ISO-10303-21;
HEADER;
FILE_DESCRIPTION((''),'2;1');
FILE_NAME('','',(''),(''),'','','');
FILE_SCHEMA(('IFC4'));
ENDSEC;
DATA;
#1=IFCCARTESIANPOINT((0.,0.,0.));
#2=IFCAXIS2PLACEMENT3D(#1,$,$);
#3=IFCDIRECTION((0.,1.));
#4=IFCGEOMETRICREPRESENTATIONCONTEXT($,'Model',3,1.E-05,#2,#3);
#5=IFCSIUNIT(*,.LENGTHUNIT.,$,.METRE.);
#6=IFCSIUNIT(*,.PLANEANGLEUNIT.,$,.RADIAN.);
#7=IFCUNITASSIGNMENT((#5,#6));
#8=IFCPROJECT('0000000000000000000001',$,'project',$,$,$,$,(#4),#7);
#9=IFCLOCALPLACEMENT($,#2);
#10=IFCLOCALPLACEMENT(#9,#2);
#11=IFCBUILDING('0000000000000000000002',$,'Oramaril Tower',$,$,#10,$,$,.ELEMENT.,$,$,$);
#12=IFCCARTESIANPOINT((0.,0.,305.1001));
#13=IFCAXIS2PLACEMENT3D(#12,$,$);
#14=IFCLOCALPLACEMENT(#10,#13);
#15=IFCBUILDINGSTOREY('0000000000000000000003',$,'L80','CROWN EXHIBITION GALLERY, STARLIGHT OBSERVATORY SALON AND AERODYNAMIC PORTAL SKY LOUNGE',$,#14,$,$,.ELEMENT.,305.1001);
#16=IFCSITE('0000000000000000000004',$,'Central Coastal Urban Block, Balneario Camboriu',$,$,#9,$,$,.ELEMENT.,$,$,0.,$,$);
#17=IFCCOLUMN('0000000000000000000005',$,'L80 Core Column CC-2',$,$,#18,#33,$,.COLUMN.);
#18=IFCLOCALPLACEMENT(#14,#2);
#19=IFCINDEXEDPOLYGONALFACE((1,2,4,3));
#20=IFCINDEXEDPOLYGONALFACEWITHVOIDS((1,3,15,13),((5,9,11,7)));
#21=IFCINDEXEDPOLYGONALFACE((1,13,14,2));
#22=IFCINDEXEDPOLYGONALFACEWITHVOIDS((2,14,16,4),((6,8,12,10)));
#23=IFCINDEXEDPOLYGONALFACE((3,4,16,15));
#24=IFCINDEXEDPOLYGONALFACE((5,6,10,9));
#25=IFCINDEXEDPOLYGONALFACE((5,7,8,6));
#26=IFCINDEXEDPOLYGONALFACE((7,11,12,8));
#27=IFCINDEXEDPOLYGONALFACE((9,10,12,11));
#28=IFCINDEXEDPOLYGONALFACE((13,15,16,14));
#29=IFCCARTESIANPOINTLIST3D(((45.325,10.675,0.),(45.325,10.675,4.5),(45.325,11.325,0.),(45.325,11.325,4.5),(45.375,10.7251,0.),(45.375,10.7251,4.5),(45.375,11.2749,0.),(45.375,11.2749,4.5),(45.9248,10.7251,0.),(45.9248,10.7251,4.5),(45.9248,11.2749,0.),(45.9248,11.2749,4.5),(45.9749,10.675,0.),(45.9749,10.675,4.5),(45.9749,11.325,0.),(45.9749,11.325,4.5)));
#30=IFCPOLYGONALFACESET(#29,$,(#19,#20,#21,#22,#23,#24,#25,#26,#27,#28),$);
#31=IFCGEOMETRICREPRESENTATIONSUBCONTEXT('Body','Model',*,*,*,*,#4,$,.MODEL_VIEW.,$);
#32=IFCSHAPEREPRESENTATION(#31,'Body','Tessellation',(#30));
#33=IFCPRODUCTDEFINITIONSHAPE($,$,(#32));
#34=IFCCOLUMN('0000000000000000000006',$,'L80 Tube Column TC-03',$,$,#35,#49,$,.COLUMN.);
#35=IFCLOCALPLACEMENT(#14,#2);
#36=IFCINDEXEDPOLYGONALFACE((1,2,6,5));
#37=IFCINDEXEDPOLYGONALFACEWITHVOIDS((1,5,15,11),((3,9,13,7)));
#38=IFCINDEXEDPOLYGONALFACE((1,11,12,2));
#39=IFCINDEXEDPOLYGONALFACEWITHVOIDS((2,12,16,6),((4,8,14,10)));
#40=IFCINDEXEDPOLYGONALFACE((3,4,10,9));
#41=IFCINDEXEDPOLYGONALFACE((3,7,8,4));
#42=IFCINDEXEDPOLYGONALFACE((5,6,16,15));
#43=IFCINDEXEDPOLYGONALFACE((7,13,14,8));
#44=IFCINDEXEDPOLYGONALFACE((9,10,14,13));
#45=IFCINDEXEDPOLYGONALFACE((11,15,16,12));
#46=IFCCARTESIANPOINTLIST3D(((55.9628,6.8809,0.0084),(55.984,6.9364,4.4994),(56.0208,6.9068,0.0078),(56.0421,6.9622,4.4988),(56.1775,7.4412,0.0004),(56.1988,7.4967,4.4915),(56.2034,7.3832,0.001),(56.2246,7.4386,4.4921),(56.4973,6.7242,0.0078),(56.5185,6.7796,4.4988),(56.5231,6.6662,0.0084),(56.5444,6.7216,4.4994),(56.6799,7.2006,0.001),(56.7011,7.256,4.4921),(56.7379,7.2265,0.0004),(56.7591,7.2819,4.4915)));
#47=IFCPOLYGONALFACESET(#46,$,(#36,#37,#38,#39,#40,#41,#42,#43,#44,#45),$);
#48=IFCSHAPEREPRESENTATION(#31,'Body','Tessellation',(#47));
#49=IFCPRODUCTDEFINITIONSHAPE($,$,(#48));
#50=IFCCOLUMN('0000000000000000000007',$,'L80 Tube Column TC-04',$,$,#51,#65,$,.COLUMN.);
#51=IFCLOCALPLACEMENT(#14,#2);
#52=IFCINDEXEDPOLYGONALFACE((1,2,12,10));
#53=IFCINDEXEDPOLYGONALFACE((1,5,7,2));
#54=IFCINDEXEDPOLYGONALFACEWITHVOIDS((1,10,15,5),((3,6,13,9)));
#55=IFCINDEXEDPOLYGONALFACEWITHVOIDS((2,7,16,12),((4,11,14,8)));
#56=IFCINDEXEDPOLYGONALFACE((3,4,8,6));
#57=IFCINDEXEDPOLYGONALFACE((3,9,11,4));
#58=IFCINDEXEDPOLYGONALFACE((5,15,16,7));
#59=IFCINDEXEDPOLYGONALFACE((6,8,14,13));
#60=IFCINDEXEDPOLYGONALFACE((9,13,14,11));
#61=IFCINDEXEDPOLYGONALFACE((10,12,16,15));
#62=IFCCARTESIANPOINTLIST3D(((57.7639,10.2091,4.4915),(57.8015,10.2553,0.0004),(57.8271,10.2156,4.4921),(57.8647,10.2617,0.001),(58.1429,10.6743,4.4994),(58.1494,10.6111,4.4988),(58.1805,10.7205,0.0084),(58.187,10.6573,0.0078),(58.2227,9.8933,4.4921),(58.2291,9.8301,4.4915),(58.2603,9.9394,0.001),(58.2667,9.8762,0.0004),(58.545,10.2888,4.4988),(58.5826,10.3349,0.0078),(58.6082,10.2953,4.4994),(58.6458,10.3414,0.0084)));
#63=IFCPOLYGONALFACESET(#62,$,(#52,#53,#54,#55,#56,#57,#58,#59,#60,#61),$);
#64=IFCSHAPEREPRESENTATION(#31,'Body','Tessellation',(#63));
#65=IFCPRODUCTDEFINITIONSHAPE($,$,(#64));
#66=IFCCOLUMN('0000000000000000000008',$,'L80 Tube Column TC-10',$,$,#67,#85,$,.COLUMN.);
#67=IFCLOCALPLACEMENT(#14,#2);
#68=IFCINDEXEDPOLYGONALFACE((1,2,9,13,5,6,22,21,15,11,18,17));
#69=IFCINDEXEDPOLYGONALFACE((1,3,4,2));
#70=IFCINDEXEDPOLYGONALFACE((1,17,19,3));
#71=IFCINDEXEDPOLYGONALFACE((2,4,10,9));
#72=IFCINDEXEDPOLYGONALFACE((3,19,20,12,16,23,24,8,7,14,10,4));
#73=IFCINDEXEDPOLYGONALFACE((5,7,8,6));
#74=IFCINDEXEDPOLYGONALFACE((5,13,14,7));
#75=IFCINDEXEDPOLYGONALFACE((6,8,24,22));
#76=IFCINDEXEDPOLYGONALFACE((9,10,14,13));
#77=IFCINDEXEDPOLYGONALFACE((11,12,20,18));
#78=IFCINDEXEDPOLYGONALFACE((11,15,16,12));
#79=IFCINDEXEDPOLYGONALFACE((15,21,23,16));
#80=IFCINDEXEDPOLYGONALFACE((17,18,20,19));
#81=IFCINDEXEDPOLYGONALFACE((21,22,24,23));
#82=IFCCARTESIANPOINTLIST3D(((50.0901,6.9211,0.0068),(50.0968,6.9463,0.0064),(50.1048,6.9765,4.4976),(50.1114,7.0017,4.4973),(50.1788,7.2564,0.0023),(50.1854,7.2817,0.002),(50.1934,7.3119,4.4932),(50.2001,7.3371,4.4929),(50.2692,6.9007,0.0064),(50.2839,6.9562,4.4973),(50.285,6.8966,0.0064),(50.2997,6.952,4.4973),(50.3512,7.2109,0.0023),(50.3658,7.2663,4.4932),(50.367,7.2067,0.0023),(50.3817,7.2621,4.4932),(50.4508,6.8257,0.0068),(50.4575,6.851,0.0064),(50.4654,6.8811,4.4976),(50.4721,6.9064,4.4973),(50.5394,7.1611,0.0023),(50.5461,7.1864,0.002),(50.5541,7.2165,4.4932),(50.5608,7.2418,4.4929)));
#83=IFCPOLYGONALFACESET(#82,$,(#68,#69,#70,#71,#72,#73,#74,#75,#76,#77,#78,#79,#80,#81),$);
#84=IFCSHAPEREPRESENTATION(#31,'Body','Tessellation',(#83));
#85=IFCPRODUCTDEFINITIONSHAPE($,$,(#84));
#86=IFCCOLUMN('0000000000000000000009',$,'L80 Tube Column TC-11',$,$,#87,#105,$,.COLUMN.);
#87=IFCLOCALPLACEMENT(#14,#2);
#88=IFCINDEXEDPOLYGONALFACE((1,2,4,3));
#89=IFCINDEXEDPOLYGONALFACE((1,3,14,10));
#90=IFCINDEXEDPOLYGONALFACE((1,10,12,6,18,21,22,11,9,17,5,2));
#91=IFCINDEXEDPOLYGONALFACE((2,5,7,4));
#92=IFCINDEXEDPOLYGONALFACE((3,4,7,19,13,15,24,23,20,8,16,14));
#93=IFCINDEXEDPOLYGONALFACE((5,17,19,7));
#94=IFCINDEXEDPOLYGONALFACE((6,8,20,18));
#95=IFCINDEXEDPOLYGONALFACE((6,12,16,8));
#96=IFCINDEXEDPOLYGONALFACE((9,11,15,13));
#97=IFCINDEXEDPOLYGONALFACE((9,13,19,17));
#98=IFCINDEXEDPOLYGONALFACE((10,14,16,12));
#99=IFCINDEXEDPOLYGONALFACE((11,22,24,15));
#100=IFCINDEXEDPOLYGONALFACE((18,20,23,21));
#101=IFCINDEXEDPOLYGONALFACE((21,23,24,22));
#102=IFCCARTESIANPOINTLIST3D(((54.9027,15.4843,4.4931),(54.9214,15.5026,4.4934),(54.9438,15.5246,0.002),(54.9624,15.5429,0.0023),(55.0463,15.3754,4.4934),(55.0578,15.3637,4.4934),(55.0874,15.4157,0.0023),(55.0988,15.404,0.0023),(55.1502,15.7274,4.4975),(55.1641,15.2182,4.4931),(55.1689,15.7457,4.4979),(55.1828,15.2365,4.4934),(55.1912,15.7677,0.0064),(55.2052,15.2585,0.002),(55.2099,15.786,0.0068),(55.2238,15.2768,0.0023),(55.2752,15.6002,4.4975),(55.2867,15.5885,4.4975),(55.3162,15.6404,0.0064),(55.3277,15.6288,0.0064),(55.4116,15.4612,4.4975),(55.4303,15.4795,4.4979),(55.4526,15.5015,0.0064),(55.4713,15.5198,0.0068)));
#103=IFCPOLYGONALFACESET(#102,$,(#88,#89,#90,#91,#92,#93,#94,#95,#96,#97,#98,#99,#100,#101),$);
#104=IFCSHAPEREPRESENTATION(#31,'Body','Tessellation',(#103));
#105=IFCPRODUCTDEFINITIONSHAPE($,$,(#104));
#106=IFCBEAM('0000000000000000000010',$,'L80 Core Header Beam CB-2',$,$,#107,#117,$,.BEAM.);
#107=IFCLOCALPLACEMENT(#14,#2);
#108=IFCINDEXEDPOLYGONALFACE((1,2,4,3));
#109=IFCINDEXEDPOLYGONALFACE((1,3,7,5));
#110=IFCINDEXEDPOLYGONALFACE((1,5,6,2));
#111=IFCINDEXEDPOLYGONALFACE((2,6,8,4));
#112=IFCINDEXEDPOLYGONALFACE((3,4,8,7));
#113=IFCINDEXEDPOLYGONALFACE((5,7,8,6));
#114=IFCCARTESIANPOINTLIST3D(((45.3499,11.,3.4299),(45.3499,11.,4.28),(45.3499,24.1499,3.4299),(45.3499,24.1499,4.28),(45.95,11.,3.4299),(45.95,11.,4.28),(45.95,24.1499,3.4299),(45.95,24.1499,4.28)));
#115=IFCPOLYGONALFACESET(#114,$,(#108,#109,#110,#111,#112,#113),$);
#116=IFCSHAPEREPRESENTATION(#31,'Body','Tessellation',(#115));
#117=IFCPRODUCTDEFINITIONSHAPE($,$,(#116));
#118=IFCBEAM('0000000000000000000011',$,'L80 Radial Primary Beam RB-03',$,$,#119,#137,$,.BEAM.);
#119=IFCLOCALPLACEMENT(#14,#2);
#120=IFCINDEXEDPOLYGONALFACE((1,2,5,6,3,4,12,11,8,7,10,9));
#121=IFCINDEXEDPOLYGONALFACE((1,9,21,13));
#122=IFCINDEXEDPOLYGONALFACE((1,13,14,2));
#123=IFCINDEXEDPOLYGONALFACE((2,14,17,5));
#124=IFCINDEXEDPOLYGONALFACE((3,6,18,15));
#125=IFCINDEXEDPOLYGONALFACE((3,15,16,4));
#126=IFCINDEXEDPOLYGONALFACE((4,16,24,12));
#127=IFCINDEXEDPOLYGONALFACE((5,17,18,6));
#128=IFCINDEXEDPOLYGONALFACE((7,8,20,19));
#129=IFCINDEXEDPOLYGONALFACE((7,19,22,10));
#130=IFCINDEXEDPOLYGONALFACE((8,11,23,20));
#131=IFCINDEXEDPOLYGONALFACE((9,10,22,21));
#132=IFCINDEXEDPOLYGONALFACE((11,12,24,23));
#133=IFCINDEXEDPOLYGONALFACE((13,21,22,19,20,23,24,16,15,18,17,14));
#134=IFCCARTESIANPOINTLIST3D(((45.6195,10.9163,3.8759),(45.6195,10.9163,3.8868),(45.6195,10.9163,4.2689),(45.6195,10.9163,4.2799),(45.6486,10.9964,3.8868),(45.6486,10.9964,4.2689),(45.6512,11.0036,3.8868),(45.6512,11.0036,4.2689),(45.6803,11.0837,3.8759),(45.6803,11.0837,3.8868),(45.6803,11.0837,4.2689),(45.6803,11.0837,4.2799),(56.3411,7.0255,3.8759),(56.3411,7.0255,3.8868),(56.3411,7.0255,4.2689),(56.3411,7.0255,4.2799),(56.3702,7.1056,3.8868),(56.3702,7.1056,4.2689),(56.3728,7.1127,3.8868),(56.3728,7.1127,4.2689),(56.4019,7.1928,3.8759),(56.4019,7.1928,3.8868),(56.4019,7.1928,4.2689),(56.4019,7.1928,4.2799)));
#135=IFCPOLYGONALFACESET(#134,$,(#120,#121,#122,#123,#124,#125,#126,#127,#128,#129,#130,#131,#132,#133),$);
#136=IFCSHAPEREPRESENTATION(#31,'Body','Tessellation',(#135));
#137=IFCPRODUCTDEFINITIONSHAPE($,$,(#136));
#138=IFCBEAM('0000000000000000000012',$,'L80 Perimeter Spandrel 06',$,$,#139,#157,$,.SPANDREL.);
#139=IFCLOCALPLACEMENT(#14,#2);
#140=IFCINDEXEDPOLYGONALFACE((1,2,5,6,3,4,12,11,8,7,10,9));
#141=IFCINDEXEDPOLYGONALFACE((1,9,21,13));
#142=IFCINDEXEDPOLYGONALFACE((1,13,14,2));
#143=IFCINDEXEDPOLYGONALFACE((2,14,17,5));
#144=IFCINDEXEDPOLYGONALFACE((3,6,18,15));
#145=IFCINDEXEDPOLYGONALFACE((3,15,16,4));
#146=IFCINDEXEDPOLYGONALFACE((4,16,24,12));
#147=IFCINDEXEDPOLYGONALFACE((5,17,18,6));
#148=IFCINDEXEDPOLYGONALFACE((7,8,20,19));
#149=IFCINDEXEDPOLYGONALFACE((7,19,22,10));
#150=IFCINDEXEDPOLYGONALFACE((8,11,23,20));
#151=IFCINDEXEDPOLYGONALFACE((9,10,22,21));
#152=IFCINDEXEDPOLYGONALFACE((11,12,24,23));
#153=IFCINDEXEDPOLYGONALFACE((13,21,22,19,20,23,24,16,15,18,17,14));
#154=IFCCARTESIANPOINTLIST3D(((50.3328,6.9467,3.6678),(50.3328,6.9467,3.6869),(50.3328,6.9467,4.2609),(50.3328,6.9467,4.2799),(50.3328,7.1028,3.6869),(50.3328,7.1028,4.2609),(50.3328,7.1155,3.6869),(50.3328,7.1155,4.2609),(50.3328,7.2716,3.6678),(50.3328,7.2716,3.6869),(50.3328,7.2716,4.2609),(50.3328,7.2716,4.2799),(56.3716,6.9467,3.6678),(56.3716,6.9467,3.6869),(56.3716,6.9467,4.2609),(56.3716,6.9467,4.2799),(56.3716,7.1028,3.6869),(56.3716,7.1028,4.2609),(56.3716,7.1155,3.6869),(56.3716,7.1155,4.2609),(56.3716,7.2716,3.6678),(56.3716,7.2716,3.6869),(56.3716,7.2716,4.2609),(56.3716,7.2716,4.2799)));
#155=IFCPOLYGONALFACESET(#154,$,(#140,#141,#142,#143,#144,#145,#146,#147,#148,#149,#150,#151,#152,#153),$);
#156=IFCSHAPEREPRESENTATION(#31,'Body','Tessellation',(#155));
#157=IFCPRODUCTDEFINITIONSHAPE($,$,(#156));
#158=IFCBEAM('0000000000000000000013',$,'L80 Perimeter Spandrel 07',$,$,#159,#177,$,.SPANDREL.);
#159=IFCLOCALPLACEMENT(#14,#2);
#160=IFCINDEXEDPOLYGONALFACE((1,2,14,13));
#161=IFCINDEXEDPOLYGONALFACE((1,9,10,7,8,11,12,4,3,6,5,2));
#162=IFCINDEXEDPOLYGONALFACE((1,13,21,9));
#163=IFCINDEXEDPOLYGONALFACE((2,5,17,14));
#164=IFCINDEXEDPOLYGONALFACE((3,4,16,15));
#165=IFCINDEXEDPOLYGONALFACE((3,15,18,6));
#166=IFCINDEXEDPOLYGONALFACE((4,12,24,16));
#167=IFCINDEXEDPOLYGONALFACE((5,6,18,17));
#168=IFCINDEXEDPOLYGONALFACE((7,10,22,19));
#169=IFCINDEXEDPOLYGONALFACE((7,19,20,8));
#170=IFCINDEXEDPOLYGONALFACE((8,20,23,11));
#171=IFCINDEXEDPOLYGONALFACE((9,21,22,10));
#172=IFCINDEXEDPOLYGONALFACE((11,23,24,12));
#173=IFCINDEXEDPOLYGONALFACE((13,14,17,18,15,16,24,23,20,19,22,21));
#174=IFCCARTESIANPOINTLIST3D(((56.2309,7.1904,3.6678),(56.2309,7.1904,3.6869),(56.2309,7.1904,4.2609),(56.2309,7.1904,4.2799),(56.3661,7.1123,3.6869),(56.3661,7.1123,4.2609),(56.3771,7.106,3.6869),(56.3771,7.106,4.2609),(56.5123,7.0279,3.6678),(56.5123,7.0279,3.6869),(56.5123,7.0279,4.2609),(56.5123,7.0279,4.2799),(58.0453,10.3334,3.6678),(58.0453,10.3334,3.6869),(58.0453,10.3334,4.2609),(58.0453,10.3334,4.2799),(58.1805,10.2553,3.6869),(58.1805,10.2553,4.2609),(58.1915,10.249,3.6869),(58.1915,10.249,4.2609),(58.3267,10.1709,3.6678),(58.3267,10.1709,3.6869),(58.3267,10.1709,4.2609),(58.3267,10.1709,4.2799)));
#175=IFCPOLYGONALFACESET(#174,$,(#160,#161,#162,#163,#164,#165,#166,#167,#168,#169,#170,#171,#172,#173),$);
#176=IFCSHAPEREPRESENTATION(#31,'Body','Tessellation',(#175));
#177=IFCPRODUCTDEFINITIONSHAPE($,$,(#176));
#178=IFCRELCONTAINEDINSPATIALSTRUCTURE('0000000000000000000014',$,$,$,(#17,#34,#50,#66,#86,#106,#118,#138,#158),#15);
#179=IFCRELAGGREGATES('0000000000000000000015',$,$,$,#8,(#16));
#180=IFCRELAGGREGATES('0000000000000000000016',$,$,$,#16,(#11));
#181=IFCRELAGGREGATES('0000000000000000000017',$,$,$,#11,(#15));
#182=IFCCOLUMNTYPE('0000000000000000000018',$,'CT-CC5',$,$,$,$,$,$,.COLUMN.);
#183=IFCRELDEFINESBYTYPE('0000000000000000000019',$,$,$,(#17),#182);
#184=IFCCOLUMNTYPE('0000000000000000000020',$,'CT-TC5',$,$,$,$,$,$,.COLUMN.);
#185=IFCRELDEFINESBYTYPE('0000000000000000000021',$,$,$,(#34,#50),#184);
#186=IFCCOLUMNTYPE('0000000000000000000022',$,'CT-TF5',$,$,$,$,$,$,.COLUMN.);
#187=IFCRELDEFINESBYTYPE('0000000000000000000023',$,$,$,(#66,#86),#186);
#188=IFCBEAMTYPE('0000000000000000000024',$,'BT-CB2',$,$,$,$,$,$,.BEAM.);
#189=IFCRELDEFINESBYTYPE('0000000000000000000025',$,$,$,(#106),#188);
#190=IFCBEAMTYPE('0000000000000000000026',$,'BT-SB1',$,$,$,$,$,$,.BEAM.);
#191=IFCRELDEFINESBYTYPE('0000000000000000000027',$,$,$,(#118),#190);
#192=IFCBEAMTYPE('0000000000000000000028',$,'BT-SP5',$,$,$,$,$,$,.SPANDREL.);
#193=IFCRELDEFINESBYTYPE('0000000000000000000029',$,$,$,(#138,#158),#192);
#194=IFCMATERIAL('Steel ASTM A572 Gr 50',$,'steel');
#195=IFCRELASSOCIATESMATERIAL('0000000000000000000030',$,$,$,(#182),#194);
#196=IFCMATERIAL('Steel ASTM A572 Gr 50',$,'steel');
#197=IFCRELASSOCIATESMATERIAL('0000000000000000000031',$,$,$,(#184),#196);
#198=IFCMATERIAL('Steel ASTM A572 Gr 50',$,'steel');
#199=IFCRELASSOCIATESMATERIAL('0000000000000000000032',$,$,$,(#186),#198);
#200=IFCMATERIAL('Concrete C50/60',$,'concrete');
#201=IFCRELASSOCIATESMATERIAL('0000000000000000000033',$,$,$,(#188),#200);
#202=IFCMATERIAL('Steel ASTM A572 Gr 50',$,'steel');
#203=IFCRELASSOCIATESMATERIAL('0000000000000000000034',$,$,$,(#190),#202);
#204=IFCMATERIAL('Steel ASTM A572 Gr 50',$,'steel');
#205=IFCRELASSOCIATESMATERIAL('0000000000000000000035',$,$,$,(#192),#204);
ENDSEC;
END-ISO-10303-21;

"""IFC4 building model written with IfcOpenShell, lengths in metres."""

from ifc_helpers import new_model, si_unit, direction, frame, origin, origin_2d, place, context, subcontext, project, spatial, rectangle, hollow_rectangle, i_section, extrude, material, material_profile, profile_set, type_object, element, save


model = new_model("IFC4")

# Units and contexts
model_context = context("Model", 3, precision=1e-05, world=origin(), true_north=direction((0.0, 1.0)))
body_context = subcontext(model_context, "Body", "Model", "MODEL_VIEW")
ifc_project = project(units=[si_unit("LENGTHUNIT", "METRE"), si_unit("PLANEANGLEUNIT", "RADIAN")], contexts=[model_context])

# Site, building, storey
site_placement = place(None, origin())
site = spatial("IfcSite", under=ifc_project, at=site_placement, Name="Central Coastal Urban Block, Balneario Camboriu", CompositionType="ELEMENT", RefElevation=0.0)
building_placement = place(site_placement, origin())
building = spatial("IfcBuilding", under=site, at=building_placement, Name="Oramaril Tower", CompositionType="ELEMENT")
storey_placement = place(building_placement, frame((0.0, 0.0, 305.1001)))
storey = spatial("IfcBuildingStorey", under=building, at=storey_placement, Name="L80", Description="CROWN EXHIBITION GALLERY, STARLIGHT OBSERVATORY SALON AND AERODYNAMIC PORTAL SKY LOUNGE", CompositionType="ELEMENT", Elevation=305.1001)

# Columns
ifc_material_1 = material(Name="Steel ASTM A572 Gr 50", Category="steel")
ifc_material_profile_1 = material_profile(ifc_material_1, hollow_rectangle(XDim=0.6499, YDim=0.6499, WallThickness=0.05, at=origin_2d()), Name="BOX650X650X50")
ifc_profile_set_1 = profile_set([ifc_material_profile_1], Name="Steel ASTM A572 Gr 50")
column_type_1 = type_object("IfcColumnType", Name="CT-CC5", PredefinedType="COLUMN", material=ifc_profile_set_1)
column_1_placement = place(storey_placement, frame((45.6499, 11.0, 0.0), z_axis=(0.0, 0.0, 1.0), x_axis=(1.0, 0.0, 0.0)))
element("IfcColumn", 1, at=column_1_placement, inside=storey, type_object=column_type_1, Name="L80 Core Column CC-2", PredefinedType="COLUMN", context=body_context, shape_type="SweptSolid", body=[
    extrude(hollow_rectangle(XDim=0.6499, YDim=0.6499, WallThickness=0.05, at=origin_2d()), origin(), (0.0, 0.0, 1.0), 4.5),
])
ifc_material_2 = material(Name="Steel ASTM A572 Gr 50", Category="steel")
ifc_material_profile_2 = material_profile(ifc_material_2, hollow_rectangle(XDim=0.6001, YDim=0.6001, WallThickness=0.0449, at=origin_2d()), Name="BOX600X600X45")
ifc_profile_set_2 = profile_set([ifc_material_profile_2], Name="Steel ASTM A572 Gr 50")
column_type_2 = type_object("IfcColumnType", Name="CT-TC5", PredefinedType="COLUMN", material=ifc_profile_set_2)
for number, where, z_axis, x_axis, name in (
    (2, (56.3503, 7.0537, 0.0044), (0.004729, 0.012339, 0.999913), (-0.933769, 0.357876, 0.0), "L80 Tube Column TC-03"),
    (3, (58.2236, 10.2983, 0.0044), (-0.008371, -0.010274, 0.999912), (0.775235, -0.631673, 0.0), "L80 Tube Column TC-04"),
):
    element("IfcColumn", number, at=place(storey_placement, frame(where, z_axis=z_axis, x_axis=x_axis)), inside=storey, type_object=column_type_2, Name=name, PredefinedType="COLUMN", context=body_context, shape_type="SweptSolid", body=[
        extrude(hollow_rectangle(XDim=0.6001, YDim=0.6001, WallThickness=0.0449, at=origin_2d()), origin(), (0.0, 0.0, 1.0), 4.4915),
    ])
ifc_material_3 = material(Name="Steel ASTM A572 Gr 50", Category="steel")
ifc_material_profile_3 = material_profile(ifc_material_3, i_section(OverallWidth=0.373, OverallDepth=0.373, WebThickness=0.0164, FlangeThickness=0.0261, at=origin_2d()), Name="W14X132")
ifc_profile_set_3 = profile_set([ifc_material_profile_3], Name="Steel ASTM A572 Gr 50")
column_type_3 = type_object("IfcColumnType", Name="CT-TF5", PredefinedType="COLUMN", material=ifc_profile_set_3)
column_2_placement = place(storey_placement, frame((50.3181, 7.0537, 0.0044), z_axis=(0.003261, 0.012339, 0.999919), x_axis=(-0.966798, 0.255541, 0.0)))
element("IfcColumn", 4, at=column_2_placement, inside=storey, type_object=column_type_3, Name="L80 Tube Column TC-10", PredefinedType="COLUMN", context=body_context, shape_type="SweptSolid", body=[
    extrude(i_section(OverallWidth=0.373, OverallDepth=0.373, WebThickness=0.0164, FlangeThickness=0.0261, at=origin_2d()), origin(), (0.0, 0.0, 1.0), 4.4912),
])
column_3_placement = place(storey_placement, frame((55.2075, 15.5222, 0.0044), z_axis=(-0.009132, -0.008969, 0.999918), x_axis=(0.700708, -0.713448, 0.0)))
element("IfcColumn", 5, at=column_3_placement, inside=storey, type_object=column_type_3, Name="L80 Tube Column TC-11", PredefinedType="COLUMN", context=body_context, shape_type="SweptSolid", body=[
    extrude(i_section(OverallWidth=0.373, OverallDepth=0.373, WebThickness=0.0164, FlangeThickness=0.0261, at=origin_2d()), origin(), (0.0, 0.0, 1.0), 4.4915),
])

# Beams
ifc_material_4 = material(Name="Concrete C50/60", Category="concrete")
ifc_material_profile_4 = material_profile(ifc_material_4, rectangle(XDim=0.6001, YDim=0.8501, at=origin_2d()), Name="CB600X850")
ifc_profile_set_4 = profile_set([ifc_material_profile_4], Name="Concrete C50/60")
beam_type_1 = type_object("IfcBeamType", Name="BT-CB2", PredefinedType="BEAM", material=ifc_profile_set_4)
beam_1_placement = place(storey_placement, frame((45.6499, 11.0, 3.855), z_axis=(0.0, 1.0, 0.0), x_axis=(-1.0, 0.0, 0.0)))
element("IfcBeam", 6, at=beam_1_placement, inside=storey, type_object=beam_type_1, Name="L80 Core Header Beam CB-2", PredefinedType="BEAM", context=body_context, shape_type="SweptSolid", body=[
    extrude(rectangle(XDim=0.6001, YDim=0.8501, at=origin_2d()), origin(), (0.0, 0.0, 1.0), 13.1499),
])
ifc_material_5 = material(Name="Steel ASTM A572 Gr 50", Category="steel")
ifc_material_profile_5 = material_profile(ifc_material_5, i_section(OverallWidth=0.178, OverallDepth=0.4041, WebThickness=0.0076, FlangeThickness=0.011, at=origin_2d()), Name="W16X36")
ifc_profile_set_5 = profile_set([ifc_material_profile_5], Name="Steel ASTM A572 Gr 50")
beam_type_2 = type_object("IfcBeamType", Name="BT-SB1", PredefinedType="BEAM", material=ifc_profile_set_5)
beam_2_placement = place(storey_placement, frame((45.6499, 11.0, 4.0779), z_axis=(0.940016, -0.341129, 0.0), x_axis=(0.341129, 0.940016, 0.0)))
element("IfcBeam", 7, at=beam_2_placement, inside=storey, type_object=beam_type_2, Name="L80 Radial Primary Beam RB-03", PredefinedType="BEAM", context=body_context, shape_type="SweptSolid", body=[
    extrude(i_section(OverallWidth=0.178, OverallDepth=0.4041, WebThickness=0.0076, FlangeThickness=0.011, at=origin_2d()), origin(), (0.0, 0.0, 1.0), 11.4058),
])
ifc_material_6 = material(Name="Steel ASTM A572 Gr 50", Category="steel")
ifc_material_profile_6 = material_profile(ifc_material_6, i_section(OverallWidth=0.325, OverallDepth=0.6121, WebThickness=0.0127, FlangeThickness=0.019, at=origin_2d()), Name="W24X104")
ifc_profile_set_6 = profile_set([ifc_material_profile_6], Name="Steel ASTM A572 Gr 50")
beam_type_3 = type_object("IfcBeamType", Name="BT-SP5", PredefinedType="SPANDREL", material=ifc_profile_set_6)
beam_3_placement = place(storey_placement, frame((50.3328, 7.1091, 3.9739), z_axis=(1.0, 0.0, 0.0), x_axis=(0.0, 1.0, 0.0)))
element("IfcBeam", 8, at=beam_3_placement, inside=storey, type_object=beam_type_3, Name="L80 Perimeter Spandrel 06", PredefinedType="SPANDREL", context=body_context, shape_type="SweptSolid", body=[
    extrude(i_section(OverallWidth=0.325, OverallDepth=0.6121, WebThickness=0.0127, FlangeThickness=0.019, at=origin_2d()), origin(), (0.0, 0.0, 1.0), 6.0388),
])
beam_4_placement = place(storey_placement, frame((56.3716, 7.1091, 3.9739), z_axis=(0.499959, 0.866049, 0.0), x_axis=(-0.866049, 0.499959, 0.0)))
element("IfcBeam", 9, at=beam_4_placement, inside=storey, type_object=beam_type_3, Name="L80 Perimeter Spandrel 07", PredefinedType="SPANDREL", context=body_context, shape_type="SweptSolid", body=[
    extrude(i_section(OverallWidth=0.325, OverallDepth=0.6121, WebThickness=0.0127, FlangeThickness=0.019, at=origin_2d()), origin(), (0.0, 0.0, 1.0), 3.6292),
])

save(model, "model.ifc")
